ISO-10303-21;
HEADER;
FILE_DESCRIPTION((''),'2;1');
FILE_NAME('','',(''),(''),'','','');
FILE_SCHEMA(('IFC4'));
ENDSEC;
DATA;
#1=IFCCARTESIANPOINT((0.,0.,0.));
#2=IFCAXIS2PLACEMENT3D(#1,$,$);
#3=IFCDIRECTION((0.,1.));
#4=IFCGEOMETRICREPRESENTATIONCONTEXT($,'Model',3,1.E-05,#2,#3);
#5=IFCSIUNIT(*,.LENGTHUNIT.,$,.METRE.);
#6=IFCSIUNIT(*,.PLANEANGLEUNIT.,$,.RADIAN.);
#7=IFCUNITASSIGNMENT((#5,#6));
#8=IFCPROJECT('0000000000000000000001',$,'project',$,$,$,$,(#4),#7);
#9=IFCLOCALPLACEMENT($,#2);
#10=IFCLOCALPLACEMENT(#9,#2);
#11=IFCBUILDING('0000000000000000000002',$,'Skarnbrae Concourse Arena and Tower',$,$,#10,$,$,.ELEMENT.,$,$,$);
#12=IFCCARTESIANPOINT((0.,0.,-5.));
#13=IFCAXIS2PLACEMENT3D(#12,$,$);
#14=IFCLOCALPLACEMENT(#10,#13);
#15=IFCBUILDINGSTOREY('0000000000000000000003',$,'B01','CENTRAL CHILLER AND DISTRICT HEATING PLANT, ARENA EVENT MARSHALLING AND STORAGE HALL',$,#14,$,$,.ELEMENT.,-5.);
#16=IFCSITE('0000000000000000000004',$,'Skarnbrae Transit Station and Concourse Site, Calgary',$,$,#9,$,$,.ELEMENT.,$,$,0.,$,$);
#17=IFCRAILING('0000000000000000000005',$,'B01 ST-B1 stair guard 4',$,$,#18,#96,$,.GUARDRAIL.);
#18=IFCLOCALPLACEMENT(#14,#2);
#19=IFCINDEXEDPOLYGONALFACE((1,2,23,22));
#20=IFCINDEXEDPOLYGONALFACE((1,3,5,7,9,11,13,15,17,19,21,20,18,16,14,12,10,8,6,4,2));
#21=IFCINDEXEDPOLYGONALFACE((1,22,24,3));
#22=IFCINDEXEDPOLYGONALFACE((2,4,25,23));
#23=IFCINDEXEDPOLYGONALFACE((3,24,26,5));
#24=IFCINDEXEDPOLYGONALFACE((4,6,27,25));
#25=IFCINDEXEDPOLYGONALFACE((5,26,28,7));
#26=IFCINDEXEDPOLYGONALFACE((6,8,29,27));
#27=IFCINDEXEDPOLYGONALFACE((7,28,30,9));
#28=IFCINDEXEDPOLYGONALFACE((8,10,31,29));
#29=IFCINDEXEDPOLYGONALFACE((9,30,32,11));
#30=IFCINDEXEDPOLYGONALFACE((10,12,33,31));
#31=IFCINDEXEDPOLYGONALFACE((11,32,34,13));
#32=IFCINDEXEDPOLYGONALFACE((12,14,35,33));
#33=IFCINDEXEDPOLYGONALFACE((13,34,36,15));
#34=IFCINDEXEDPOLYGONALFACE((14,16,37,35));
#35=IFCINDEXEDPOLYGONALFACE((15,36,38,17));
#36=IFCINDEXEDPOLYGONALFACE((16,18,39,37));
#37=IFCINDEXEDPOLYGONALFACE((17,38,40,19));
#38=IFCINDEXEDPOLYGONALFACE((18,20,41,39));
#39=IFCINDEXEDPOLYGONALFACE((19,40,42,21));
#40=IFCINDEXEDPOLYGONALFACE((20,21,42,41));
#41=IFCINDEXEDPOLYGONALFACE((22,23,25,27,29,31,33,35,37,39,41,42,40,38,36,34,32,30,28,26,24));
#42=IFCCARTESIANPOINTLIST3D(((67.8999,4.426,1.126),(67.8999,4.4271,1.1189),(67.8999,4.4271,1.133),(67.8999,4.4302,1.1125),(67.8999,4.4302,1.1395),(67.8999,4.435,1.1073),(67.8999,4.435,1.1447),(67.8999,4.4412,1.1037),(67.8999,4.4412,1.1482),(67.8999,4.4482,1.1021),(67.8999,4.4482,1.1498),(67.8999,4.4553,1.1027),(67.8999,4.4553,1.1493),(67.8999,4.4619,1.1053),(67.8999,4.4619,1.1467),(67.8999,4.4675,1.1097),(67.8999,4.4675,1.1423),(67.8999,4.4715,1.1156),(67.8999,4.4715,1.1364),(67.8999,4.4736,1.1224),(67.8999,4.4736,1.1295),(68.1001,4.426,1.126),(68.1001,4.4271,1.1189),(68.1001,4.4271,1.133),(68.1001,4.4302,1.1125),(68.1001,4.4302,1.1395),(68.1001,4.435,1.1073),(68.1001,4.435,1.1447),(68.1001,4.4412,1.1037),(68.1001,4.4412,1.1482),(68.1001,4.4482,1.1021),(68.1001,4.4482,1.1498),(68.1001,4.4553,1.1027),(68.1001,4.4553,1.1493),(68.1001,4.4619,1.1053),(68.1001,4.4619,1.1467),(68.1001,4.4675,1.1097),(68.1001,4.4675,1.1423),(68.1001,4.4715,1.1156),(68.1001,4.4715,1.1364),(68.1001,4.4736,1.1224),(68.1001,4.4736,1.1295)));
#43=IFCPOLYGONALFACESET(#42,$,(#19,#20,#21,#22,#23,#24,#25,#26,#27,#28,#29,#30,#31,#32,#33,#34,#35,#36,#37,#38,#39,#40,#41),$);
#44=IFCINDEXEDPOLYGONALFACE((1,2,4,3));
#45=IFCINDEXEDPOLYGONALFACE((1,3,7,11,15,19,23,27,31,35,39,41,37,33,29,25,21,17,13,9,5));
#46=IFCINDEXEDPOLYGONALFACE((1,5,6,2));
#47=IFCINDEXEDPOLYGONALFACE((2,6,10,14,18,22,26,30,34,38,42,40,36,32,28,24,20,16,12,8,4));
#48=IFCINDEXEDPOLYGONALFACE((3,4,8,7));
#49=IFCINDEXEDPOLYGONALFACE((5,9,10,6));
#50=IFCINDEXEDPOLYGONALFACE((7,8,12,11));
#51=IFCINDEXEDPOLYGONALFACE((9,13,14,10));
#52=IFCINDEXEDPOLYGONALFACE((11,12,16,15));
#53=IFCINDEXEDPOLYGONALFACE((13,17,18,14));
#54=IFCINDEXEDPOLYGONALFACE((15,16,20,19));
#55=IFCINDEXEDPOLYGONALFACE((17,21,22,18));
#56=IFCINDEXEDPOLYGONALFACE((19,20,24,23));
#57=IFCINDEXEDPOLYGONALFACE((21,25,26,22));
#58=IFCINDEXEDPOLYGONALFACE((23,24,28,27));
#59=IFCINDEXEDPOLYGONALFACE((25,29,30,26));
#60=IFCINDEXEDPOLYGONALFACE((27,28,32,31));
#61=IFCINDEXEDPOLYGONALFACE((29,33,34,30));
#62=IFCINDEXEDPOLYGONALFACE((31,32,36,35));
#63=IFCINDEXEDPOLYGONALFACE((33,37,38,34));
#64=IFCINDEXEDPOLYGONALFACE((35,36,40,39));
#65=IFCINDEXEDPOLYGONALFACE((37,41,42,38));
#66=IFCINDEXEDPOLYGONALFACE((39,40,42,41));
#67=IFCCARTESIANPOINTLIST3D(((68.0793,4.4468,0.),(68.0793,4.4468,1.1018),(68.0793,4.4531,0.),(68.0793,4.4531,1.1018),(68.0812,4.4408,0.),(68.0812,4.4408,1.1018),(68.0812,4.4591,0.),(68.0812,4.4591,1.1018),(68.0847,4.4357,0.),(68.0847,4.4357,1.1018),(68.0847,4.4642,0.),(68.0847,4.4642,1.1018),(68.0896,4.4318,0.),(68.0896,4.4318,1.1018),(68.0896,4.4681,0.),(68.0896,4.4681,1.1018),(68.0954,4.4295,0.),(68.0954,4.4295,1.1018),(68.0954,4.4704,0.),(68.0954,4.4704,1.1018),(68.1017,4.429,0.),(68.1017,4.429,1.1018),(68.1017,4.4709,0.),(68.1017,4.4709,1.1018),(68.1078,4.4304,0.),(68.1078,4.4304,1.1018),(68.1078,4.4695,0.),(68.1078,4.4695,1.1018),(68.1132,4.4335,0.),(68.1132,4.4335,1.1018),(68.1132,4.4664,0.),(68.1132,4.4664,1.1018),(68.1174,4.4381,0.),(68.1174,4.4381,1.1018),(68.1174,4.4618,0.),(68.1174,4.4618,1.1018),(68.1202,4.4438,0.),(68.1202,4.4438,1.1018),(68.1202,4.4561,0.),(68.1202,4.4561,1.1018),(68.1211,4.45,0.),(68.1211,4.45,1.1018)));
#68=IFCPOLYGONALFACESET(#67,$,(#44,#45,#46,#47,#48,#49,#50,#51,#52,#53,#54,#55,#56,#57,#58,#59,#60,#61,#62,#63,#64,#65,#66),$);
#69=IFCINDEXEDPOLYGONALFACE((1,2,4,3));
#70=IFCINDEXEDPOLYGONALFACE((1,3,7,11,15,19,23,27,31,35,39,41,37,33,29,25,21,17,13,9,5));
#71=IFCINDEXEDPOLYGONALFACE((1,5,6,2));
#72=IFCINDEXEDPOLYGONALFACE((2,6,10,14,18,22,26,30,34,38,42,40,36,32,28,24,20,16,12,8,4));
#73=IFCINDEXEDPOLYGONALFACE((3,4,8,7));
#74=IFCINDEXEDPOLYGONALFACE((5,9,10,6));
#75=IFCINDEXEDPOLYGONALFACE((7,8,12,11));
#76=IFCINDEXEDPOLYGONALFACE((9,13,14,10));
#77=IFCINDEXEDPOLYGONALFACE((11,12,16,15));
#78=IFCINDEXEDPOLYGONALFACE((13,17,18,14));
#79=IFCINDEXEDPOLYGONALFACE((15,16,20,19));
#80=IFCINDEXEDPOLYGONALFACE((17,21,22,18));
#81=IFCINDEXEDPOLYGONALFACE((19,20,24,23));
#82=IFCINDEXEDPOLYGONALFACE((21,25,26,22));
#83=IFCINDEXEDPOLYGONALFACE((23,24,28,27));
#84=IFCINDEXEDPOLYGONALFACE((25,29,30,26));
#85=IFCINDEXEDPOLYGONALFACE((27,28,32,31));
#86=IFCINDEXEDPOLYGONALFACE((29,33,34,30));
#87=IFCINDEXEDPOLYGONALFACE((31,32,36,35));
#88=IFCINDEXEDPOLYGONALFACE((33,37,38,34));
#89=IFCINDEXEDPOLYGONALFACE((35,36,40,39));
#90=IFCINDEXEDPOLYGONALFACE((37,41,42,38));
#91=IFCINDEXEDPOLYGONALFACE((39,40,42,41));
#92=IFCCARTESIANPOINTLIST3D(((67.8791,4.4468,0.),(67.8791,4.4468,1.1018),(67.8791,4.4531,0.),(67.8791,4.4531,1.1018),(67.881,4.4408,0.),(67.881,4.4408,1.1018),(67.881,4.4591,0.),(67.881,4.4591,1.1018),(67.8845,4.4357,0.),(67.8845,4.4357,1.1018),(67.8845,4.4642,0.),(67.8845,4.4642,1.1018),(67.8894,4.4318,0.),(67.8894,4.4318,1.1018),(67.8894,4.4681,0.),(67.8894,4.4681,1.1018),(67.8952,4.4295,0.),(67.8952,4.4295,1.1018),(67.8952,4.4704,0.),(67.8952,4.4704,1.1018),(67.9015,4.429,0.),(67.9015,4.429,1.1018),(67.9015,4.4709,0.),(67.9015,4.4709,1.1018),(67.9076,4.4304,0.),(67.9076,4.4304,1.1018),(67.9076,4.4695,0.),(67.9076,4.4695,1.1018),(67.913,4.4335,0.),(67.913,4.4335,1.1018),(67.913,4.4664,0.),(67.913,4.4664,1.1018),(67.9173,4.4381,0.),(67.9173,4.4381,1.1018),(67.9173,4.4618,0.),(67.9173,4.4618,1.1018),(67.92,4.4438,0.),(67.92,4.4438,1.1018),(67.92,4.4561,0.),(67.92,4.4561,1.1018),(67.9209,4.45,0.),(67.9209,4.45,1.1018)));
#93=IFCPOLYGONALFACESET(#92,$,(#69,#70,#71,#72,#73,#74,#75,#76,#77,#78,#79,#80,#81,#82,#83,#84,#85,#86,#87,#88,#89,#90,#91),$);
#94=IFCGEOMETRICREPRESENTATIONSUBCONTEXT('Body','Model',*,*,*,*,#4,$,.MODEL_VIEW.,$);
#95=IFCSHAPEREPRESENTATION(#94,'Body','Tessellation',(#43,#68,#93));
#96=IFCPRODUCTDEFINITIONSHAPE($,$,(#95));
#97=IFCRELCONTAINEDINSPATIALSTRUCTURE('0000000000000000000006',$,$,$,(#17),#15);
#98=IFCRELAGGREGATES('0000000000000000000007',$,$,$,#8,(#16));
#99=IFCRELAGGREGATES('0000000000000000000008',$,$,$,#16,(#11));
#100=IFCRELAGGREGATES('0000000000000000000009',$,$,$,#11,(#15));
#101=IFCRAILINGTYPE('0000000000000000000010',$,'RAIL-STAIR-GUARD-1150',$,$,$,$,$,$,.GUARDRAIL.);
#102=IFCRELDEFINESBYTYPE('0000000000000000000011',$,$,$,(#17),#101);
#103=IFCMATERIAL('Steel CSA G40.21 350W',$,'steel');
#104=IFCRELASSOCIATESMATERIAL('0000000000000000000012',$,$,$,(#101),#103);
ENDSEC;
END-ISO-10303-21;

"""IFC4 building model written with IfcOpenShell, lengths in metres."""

from ifc_helpers import new_model, si_unit, direction, frame, origin, origin_2d, place, context, subcontext, project, spatial, circle, extrude, material, type_object, element, save


model = new_model("IFC4")

# Units and contexts
model_context = context("Model", 3, precision=1e-05, world=origin(), true_north=direction((0.0, 1.0)))
body_context = subcontext(model_context, "Body", "Model", "MODEL_VIEW")
ifc_project = project(units=[si_unit("LENGTHUNIT", "METRE"), si_unit("PLANEANGLEUNIT", "RADIAN")], contexts=[model_context])

# Site, building, storey
site_placement = place(None, origin())
site = spatial("IfcSite", under=ifc_project, at=site_placement, Name="Skarnbrae Transit Station and Concourse Site, Calgary", CompositionType="ELEMENT", RefElevation=0.0)
building_placement = place(site_placement, origin())
building = spatial("IfcBuilding", under=site, at=building_placement, Name="Skarnbrae Concourse Arena and Tower", CompositionType="ELEMENT")
storey_placement = place(building_placement, frame((0.0, 0.0, -5.0)))
storey = spatial("IfcBuildingStorey", under=building, at=storey_placement, Name="B01", Description="CENTRAL CHILLER AND DISTRICT HEATING PLANT, ARENA EVENT MARSHALLING AND STORAGE HALL", CompositionType="ELEMENT", Elevation=-5.0)

# Shared definitions
ifc_material_1 = material(Name="Steel CSA G40.21 350W", Category="steel")

# Railing
railing_type_1 = type_object("IfcRailingType", Name="RAIL-STAIR-GUARD-1150", PredefinedType="GUARDRAIL", material=ifc_material_1)
railing_1_placement = place(storey_placement, frame((68.1001, 4.45, 0.0)))
element("IfcRailing", 1, at=railing_1_placement, inside=storey, type_object=railing_type_1, Name="B01 ST-B1 stair guard 4", PredefinedType="GUARDRAIL", context=body_context, shape_type="SweptSolid", body=[
    extrude(circle(Radius=0.0239, at=origin_2d()), frame((0.0, 0.0, 1.126), z_axis=(-1.0, 0.0, 0.0), x_axis=(0.0, -1.0, 0.0)), (0.0, 0.0, 1.0), 0.2002),
    extrude(circle(Radius=0.021, at=origin_2d()), origin(), (0.0, 0.0, 1.0), 1.1018),
    extrude(circle(Radius=0.021, at=origin_2d()), frame((-0.2002, 0.0, 0.0)), (0.0, 0.0, 1.0), 1.1018),
])

save(model, "model.ifc")
